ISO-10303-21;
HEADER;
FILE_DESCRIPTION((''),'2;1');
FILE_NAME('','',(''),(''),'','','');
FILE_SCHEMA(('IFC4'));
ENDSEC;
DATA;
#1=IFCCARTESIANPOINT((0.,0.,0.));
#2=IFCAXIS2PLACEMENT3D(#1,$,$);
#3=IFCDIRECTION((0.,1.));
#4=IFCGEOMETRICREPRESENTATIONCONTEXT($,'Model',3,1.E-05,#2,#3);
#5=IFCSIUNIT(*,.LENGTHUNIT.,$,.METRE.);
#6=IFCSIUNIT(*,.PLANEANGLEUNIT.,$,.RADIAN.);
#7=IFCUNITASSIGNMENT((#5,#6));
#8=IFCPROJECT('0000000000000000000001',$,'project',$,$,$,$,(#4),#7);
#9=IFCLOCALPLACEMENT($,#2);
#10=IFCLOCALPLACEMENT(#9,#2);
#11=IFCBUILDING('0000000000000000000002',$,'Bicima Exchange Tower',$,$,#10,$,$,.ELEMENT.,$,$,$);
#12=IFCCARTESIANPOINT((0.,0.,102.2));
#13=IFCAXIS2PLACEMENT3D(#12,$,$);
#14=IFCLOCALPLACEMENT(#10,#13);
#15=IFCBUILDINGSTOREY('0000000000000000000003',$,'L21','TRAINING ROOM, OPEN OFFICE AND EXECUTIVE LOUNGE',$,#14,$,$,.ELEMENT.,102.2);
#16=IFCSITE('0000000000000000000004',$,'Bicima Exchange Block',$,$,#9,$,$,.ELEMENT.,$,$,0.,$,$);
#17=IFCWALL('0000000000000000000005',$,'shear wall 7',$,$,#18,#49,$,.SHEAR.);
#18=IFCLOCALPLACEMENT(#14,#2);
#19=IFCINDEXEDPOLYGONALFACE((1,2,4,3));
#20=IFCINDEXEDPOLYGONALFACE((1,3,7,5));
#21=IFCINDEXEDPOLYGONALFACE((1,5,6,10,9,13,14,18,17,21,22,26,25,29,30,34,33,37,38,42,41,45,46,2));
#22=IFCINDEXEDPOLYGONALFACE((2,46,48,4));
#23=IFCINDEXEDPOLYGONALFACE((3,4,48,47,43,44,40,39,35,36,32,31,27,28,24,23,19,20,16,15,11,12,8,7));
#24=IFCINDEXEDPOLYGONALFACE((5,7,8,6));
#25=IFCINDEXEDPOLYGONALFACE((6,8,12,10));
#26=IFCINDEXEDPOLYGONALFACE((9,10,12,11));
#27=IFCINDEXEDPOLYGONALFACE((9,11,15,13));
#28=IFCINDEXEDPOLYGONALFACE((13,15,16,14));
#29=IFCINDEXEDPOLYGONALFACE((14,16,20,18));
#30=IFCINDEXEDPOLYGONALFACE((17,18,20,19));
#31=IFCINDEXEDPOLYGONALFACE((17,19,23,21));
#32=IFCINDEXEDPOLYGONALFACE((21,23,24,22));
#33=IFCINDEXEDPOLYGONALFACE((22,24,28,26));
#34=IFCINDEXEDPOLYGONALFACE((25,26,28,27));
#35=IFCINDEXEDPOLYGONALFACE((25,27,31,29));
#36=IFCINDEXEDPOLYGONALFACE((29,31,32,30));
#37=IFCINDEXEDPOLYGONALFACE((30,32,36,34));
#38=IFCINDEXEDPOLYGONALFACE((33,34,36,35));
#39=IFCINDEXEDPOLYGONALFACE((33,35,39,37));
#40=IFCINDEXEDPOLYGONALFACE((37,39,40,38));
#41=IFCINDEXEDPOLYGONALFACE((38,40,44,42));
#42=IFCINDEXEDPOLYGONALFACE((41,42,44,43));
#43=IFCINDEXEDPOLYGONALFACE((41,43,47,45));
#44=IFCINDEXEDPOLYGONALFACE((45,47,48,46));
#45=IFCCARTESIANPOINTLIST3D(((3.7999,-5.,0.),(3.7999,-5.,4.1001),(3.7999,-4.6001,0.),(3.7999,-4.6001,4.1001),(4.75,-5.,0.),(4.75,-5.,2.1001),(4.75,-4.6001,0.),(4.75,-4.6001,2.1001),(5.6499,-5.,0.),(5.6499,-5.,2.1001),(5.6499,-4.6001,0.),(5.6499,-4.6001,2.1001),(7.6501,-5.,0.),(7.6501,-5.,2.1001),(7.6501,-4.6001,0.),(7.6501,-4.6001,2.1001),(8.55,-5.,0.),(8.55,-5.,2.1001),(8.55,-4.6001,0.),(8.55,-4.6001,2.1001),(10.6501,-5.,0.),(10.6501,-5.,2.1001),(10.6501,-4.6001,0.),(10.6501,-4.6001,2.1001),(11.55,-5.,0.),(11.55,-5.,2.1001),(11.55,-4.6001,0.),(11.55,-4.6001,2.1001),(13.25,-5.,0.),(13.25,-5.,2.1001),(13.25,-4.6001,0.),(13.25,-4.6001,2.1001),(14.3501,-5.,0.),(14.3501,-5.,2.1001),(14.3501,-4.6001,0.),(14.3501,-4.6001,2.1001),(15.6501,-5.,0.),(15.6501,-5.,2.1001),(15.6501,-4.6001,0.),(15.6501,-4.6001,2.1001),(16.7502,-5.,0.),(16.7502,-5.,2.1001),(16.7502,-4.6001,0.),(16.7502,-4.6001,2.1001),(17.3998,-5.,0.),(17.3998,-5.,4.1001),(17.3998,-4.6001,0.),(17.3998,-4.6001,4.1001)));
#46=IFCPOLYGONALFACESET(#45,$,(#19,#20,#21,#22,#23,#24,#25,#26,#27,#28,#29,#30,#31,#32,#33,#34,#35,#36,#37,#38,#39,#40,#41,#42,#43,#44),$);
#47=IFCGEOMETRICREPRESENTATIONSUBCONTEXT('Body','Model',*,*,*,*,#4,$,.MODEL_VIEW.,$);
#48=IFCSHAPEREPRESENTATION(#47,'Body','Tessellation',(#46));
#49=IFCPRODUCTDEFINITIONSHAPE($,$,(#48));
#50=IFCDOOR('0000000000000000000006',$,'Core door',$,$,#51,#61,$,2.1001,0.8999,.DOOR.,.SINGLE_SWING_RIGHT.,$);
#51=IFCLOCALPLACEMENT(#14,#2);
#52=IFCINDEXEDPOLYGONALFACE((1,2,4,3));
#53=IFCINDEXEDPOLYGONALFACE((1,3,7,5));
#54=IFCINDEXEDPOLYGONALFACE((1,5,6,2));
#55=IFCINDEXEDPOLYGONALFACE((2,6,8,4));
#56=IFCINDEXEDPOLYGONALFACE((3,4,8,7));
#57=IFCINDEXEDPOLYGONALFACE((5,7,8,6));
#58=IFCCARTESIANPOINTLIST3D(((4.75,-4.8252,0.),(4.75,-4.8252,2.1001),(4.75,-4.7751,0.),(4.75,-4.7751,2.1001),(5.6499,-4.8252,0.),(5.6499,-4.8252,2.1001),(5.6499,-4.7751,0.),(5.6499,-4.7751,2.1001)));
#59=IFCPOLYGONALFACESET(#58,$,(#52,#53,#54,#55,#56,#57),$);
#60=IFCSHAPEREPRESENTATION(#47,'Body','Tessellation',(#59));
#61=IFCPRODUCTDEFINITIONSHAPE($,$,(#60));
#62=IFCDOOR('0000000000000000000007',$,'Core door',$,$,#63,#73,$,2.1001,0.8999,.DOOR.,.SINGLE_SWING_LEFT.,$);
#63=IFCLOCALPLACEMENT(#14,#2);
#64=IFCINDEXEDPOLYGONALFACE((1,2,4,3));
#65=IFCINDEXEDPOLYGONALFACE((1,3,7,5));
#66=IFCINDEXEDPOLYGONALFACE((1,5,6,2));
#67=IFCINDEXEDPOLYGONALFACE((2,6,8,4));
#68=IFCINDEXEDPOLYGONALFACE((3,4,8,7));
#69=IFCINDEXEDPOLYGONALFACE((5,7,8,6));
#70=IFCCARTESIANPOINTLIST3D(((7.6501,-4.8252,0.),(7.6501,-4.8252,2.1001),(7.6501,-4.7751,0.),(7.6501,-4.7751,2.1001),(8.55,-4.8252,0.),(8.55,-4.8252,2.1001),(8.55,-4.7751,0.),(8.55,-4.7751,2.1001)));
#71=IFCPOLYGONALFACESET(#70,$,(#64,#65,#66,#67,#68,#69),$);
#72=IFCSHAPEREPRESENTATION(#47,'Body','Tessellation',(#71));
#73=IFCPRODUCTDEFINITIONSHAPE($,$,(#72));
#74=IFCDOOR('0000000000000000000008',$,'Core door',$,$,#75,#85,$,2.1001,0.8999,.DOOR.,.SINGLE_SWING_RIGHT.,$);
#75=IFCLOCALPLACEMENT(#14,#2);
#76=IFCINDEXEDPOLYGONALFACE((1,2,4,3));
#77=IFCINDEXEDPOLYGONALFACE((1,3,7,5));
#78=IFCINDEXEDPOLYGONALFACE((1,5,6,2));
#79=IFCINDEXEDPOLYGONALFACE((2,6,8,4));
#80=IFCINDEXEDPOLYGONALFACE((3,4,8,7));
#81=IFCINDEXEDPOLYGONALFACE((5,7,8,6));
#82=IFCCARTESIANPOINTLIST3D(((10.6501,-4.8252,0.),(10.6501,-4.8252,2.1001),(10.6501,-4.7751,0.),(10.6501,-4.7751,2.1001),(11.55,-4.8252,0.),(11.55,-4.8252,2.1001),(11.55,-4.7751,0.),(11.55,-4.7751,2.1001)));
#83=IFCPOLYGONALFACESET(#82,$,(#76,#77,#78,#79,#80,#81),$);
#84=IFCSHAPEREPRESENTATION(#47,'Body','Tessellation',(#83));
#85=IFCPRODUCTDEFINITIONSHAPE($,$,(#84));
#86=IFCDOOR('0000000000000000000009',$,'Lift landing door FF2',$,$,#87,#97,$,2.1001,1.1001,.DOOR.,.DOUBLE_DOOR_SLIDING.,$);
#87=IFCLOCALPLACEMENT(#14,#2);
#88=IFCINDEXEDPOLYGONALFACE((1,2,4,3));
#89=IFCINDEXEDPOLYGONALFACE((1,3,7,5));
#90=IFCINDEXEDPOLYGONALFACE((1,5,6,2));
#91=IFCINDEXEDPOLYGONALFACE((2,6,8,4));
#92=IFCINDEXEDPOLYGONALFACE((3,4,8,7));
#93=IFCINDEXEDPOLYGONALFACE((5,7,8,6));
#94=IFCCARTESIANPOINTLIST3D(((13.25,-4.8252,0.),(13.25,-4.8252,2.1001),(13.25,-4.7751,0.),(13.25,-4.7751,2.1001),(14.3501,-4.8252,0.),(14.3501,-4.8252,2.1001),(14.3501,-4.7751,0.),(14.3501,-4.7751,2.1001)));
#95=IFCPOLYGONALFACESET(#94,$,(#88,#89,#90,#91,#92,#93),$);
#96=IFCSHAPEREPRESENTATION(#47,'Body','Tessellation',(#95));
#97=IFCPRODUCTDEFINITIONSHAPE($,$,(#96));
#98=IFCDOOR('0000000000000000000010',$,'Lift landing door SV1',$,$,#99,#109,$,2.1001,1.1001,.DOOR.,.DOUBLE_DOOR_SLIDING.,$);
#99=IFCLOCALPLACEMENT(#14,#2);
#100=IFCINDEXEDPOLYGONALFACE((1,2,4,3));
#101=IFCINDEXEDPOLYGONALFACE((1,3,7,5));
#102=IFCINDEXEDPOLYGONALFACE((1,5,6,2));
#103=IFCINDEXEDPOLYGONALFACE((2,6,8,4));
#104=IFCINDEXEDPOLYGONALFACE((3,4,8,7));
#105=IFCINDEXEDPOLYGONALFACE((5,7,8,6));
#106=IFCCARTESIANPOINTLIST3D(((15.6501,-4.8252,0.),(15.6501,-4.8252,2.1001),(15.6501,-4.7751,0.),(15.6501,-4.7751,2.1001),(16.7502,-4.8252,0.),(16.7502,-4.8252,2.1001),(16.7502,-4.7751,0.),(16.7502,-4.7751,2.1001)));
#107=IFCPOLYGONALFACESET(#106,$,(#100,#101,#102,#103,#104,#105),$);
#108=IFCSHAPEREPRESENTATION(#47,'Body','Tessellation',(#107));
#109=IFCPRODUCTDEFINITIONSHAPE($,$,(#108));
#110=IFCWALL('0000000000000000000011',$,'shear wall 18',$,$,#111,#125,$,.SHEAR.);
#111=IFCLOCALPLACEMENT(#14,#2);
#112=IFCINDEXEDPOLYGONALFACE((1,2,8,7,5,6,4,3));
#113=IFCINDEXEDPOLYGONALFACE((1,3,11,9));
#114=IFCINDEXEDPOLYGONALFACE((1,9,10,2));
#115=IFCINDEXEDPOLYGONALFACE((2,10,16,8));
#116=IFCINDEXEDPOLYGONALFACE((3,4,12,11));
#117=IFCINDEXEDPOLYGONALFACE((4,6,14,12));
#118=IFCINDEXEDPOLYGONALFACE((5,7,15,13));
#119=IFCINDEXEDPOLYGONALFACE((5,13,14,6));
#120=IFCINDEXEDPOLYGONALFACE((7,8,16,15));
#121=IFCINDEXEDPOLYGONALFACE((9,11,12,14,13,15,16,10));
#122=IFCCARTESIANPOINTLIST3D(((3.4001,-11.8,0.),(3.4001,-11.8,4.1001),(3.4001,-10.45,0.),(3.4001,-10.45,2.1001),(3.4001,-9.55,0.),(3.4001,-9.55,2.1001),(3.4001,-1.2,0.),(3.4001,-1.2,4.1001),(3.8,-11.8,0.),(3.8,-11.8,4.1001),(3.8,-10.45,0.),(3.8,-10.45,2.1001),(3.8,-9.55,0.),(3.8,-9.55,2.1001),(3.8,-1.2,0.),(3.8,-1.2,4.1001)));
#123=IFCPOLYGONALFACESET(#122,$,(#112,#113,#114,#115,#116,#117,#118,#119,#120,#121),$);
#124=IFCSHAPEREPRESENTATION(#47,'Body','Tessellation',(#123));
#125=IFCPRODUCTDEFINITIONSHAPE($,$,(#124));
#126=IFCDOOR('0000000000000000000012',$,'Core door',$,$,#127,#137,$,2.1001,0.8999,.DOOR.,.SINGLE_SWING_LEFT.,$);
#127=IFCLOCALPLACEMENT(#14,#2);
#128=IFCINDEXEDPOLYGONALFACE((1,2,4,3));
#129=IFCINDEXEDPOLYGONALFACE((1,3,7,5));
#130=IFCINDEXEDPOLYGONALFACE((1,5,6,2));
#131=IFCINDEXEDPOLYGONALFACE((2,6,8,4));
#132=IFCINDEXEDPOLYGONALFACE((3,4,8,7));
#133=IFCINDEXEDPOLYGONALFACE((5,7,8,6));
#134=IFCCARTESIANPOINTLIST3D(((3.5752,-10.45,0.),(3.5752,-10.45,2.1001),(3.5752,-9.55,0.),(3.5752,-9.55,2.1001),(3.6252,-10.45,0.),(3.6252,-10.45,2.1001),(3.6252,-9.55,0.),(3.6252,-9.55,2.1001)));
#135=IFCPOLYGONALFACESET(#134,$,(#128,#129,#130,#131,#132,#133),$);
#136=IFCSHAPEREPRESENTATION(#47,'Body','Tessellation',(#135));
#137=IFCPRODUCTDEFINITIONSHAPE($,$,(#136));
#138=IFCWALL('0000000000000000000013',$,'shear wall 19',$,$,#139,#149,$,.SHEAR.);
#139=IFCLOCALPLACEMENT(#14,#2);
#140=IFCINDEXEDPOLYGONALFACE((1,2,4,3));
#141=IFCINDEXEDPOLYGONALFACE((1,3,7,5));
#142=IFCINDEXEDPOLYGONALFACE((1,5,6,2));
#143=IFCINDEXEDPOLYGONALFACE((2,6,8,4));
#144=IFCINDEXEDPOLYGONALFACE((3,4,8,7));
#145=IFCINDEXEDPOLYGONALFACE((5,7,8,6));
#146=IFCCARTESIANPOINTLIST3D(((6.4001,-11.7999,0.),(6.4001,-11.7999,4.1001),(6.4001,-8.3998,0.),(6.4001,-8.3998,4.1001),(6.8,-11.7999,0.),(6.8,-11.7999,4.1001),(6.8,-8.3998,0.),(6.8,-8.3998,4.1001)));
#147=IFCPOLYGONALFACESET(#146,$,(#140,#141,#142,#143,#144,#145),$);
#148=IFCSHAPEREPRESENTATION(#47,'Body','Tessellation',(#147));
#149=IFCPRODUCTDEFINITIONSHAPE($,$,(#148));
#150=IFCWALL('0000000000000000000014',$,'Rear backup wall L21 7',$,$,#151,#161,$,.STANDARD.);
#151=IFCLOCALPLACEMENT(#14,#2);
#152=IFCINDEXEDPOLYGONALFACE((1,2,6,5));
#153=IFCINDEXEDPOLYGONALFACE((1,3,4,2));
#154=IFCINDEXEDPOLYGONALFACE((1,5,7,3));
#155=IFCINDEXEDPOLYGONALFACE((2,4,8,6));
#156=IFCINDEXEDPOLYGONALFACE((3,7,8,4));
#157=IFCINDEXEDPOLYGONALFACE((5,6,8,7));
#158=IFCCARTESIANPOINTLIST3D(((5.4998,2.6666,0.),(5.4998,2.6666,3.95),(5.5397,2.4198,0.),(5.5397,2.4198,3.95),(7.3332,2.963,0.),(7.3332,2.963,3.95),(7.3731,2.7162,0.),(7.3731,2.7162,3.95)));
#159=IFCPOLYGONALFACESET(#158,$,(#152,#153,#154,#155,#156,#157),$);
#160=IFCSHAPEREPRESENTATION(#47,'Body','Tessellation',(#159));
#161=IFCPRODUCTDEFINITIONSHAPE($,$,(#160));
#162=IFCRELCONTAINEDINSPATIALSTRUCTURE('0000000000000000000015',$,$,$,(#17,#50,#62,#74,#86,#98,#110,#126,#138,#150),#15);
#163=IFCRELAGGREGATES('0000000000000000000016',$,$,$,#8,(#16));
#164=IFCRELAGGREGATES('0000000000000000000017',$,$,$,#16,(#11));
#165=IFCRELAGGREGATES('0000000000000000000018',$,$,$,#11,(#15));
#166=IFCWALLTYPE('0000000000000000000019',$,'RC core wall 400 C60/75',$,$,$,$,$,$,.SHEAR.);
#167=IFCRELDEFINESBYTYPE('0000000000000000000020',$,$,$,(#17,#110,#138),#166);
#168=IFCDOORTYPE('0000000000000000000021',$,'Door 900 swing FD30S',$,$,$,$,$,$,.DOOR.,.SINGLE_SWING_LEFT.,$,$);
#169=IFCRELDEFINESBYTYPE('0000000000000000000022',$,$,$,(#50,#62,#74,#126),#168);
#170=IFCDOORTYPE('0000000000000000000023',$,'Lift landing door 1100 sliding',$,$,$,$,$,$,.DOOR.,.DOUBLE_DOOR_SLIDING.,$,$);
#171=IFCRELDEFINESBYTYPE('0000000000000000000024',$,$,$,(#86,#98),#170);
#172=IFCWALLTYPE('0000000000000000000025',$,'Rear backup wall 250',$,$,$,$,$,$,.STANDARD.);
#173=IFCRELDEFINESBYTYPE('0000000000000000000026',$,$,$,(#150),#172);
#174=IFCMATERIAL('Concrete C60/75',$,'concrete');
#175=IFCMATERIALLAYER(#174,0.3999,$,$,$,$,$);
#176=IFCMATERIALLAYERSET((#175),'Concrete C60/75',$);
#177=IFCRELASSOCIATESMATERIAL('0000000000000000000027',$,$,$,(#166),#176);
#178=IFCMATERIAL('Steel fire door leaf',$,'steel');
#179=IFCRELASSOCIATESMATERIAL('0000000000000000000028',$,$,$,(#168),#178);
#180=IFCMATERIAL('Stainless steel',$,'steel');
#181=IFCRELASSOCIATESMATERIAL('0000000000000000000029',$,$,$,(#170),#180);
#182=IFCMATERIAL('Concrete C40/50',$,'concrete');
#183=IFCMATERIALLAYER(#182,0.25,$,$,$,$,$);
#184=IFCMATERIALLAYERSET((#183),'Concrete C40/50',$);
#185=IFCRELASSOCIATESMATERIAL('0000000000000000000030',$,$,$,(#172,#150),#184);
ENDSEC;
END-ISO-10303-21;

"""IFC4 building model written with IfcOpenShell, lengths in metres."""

from ifc_helpers import new_model, si_unit, direction, frame, frame_2d, origin, place, context, subcontext, project, spatial, rectangle, extrude, material, layer, layer_set, layer_usage, type_object, element, fill, save


model = new_model("IFC4")

# Units and contexts
model_context = context("Model", 3, precision=1e-05, world=origin(), true_north=direction((0.0, 1.0)))
body_context = subcontext(model_context, "Body", "Model", "MODEL_VIEW")
ifc_project = project(units=[si_unit("LENGTHUNIT", "METRE"), si_unit("PLANEANGLEUNIT", "RADIAN")], contexts=[model_context])

# Site, building, storey
site_placement = place(None, origin())
site = spatial("IfcSite", under=ifc_project, at=site_placement, Name="Bicima Exchange Block", CompositionType="ELEMENT", RefElevation=0.0)
building_placement = place(site_placement, origin())
building = spatial("IfcBuilding", under=site, at=building_placement, Name="Bicima Exchange Tower", CompositionType="ELEMENT")
storey_placement = place(building_placement, frame((0.0, 0.0, 102.2)))
storey = spatial("IfcBuildingStorey", under=building, at=storey_placement, Name="L21", Description="TRAINING ROOM, OPEN OFFICE AND EXECUTIVE LOUNGE", CompositionType="ELEMENT", Elevation=102.2)

# Shared definitions
ifc_material_1 = material(Name="Concrete C60/75", Category="concrete")
ifc_layer_1 = layer(ifc_material_1, 0.3999)
ifc_layer_set_1 = layer_set([ifc_layer_1], Name="Concrete C60/75")
wall_type_1 = type_object("IfcWallType", Name="RC core wall 400 C60/75", PredefinedType="SHEAR", material=ifc_layer_set_1)
ifc_material_2 = material(Name="Steel fire door leaf", Category="steel")
door_type_1 = type_object("IfcDoorType", Name="Door 900 swing FD30S", OperationType="SINGLE_SWING_LEFT", PredefinedType="DOOR", material=ifc_material_2)

# Wall, openings, doors
wall_1_placement = place(storey_placement, frame((3.8, -4.8, 0.0), z_axis=(0.0, 0.0, 1.0), x_axis=(1.0, 0.0, 0.0)))
wall_1 = element("IfcWall", 1, at=wall_1_placement, inside=storey, type_object=wall_type_1, Name="shear wall 7", PredefinedType="SHEAR", context=body_context, shape_type="SweptSolid", body=[
    extrude(rectangle(XDim=13.5999, YDim=0.3999, at=frame_2d((6.7998, 0.0))), origin(), (0.0, 0.0, 1.0), 4.1001),
])
opening_1_placement = place(wall_1_placement, frame((9.45, 0.0, 0.0)))
opening_1 = element("IfcOpeningElement", 2, at=opening_1_placement, cuts=wall_1, PredefinedType="OPENING", context=body_context, shape_type="SweptSolid", body=[
    extrude(rectangle(XDim=1.1001, YDim=2.1001, at=frame_2d((0.55, 1.05))), frame((0.0, 0.2119, 0.0), z_axis=(0.0, -1.0, 0.0), x_axis=(1.0, 0.0, 0.0)), (0.0, 0.0, 1.0), 0.4238),
])
opening_2_placement = place(wall_1_placement, frame((11.8501, 0.0, 0.0)))
opening_2 = element("IfcOpeningElement", 3, at=opening_2_placement, cuts=wall_1, PredefinedType="OPENING", context=body_context, shape_type="SweptSolid", body=[
    extrude(rectangle(XDim=1.1001, YDim=2.1001, at=frame_2d((0.55, 1.05))), frame((0.0, 0.2119, 0.0), z_axis=(0.0, -1.0, 0.0), x_axis=(1.0, 0.0, 0.0)), (0.0, 0.0, 1.0), 0.4238),
])
opening_3_placement = place(wall_1_placement, frame((0.95, 0.0, 0.0)))
opening_3 = element("IfcOpeningElement", 4, at=opening_3_placement, cuts=wall_1, PredefinedType="OPENING", context=body_context, shape_type="SweptSolid", body=[
    extrude(rectangle(XDim=0.8999, YDim=2.1001, at=frame_2d((0.45, 1.05))), frame((0.0, 0.2119, 0.0), z_axis=(0.0, -1.0, 0.0), x_axis=(1.0, 0.0, 0.0)), (0.0, 0.0, 1.0), 0.4238),
])
opening_4_placement = place(wall_1_placement, frame((3.8501, 0.0, 0.0)))
opening_4 = element("IfcOpeningElement", 5, at=opening_4_placement, cuts=wall_1, PredefinedType="OPENING", context=body_context, shape_type="SweptSolid", body=[
    extrude(rectangle(XDim=0.8999, YDim=2.1001, at=frame_2d((0.45, 1.05))), frame((0.0, 0.2119, 0.0), z_axis=(0.0, -1.0, 0.0), x_axis=(1.0, 0.0, 0.0)), (0.0, 0.0, 1.0), 0.4238),
])
opening_5_placement = place(wall_1_placement, frame((6.8501, 0.0, 0.0)))
opening_5 = element("IfcOpeningElement", 6, at=opening_5_placement, cuts=wall_1, PredefinedType="OPENING", context=body_context, shape_type="SweptSolid", body=[
    extrude(rectangle(XDim=0.8999, YDim=2.1001, at=frame_2d((0.45, 1.05))), frame((0.0, 0.2119, 0.0), z_axis=(0.0, -1.0, 0.0), x_axis=(1.0, 0.0, 0.0)), (0.0, 0.0, 1.0), 0.4238),
])
door_1_placement = place(opening_3_placement, origin())
door_1 = element("IfcDoor", 7, at=door_1_placement, inside=storey, type_object=door_type_1, Name="Core door", OperationType="SINGLE_SWING_RIGHT", OverallHeight=2.1001, OverallWidth=0.8999, PredefinedType="DOOR", context=body_context, shape_type="SweptSolid", body=[
    extrude(rectangle(XDim=0.8999, YDim=2.1001, at=frame_2d((0.45, 1.05))), frame((0.0, 0.0249, 0.0), z_axis=(0.0, -1.0, 0.0), x_axis=(1.0, 0.0, 0.0)), (0.0, 0.0, 1.0), 0.05),
])
fill(opening_3, door_1)
door_2_placement = place(opening_4_placement, origin())
door_2 = element("IfcDoor", 8, at=door_2_placement, inside=storey, type_object=door_type_1, Name="Core door", OperationType="SINGLE_SWING_LEFT", OverallHeight=2.1001, OverallWidth=0.8999, PredefinedType="DOOR", context=body_context, shape_type="SweptSolid", body=[
    extrude(rectangle(XDim=0.8999, YDim=2.1001, at=frame_2d((0.45, 1.05))), frame((0.0, 0.0249, 0.0), z_axis=(0.0, -1.0, 0.0), x_axis=(1.0, 0.0, 0.0)), (0.0, 0.0, 1.0), 0.05),
])
fill(opening_4, door_2)
door_3_placement = place(opening_5_placement, origin())
door_3 = element("IfcDoor", 9, at=door_3_placement, inside=storey, type_object=door_type_1, Name="Core door", OperationType="SINGLE_SWING_RIGHT", OverallHeight=2.1001, OverallWidth=0.8999, PredefinedType="DOOR", context=body_context, shape_type="SweptSolid", body=[
    extrude(rectangle(XDim=0.8999, YDim=2.1001, at=frame_2d((0.45, 1.05))), frame((0.0, 0.0249, 0.0), z_axis=(0.0, -1.0, 0.0), x_axis=(1.0, 0.0, 0.0)), (0.0, 0.0, 1.0), 0.05),
])
fill(opening_5, door_3)
ifc_material_3 = material(Name="Stainless steel", Category="steel")
door_type_2 = type_object("IfcDoorType", Name="Lift landing door 1100 sliding", OperationType="DOUBLE_DOOR_SLIDING", PredefinedType="DOOR", material=ifc_material_3)
door_4_placement = place(opening_1_placement, origin())
door_4 = element("IfcDoor", 10, at=door_4_placement, inside=storey, type_object=door_type_2, Name="Lift landing door FF2", OperationType="DOUBLE_DOOR_SLIDING", OverallHeight=2.1001, OverallWidth=1.1001, PredefinedType="DOOR", context=body_context, shape_type="SweptSolid", body=[
    extrude(rectangle(XDim=1.1001, YDim=2.1001, at=frame_2d((0.55, 1.05))), frame((0.0, 0.0249, 0.0), z_axis=(0.0, -1.0, 0.0), x_axis=(1.0, 0.0, 0.0)), (0.0, 0.0, 1.0), 0.05),
])
fill(opening_1, door_4)
door_5_placement = place(opening_2_placement, origin())
door_5 = element("IfcDoor", 11, at=door_5_placement, inside=storey, type_object=door_type_2, Name="Lift landing door SV1", OperationType="DOUBLE_DOOR_SLIDING", OverallHeight=2.1001, OverallWidth=1.1001, PredefinedType="DOOR", context=body_context, shape_type="SweptSolid", body=[
    extrude(rectangle(XDim=1.1001, YDim=2.1001, at=frame_2d((0.55, 1.05))), frame((0.0, 0.0249, 0.0), z_axis=(0.0, -1.0, 0.0), x_axis=(1.0, 0.0, 0.0)), (0.0, 0.0, 1.0), 0.05),
])
fill(opening_2, door_5)

# Wall, opening, door
wall_2_placement = place(storey_placement, frame((3.6001, -11.8, 0.0), z_axis=(0.0, 0.0, 1.0), x_axis=(0.0, 1.0, 0.0)))
wall_2 = element("IfcWall", 12, at=wall_2_placement, inside=storey, type_object=wall_type_1, Name="shear wall 18", PredefinedType="SHEAR", context=body_context, shape_type="SweptSolid", body=[
    extrude(rectangle(XDim=10.6001, YDim=0.3999, at=frame_2d((5.3, 0.0))), origin(), (0.0, 0.0, 1.0), 4.1001),
])
opening_6_placement = place(wall_2_placement, frame((1.3501, 0.0, 0.0)))
opening_6 = element("IfcOpeningElement", 13, at=opening_6_placement, cuts=wall_2, PredefinedType="OPENING", context=body_context, shape_type="SweptSolid", body=[
    extrude(rectangle(XDim=0.8999, YDim=2.1001, at=frame_2d((0.45, 1.05))), frame((0.0, 0.2119, 0.0), z_axis=(0.0, -1.0, 0.0), x_axis=(1.0, 0.0, 0.0)), (0.0, 0.0, 1.0), 0.4238),
])
door_6_placement = place(opening_6_placement, origin())
door_6 = element("IfcDoor", 14, at=door_6_placement, inside=storey, type_object=door_type_1, Name="Core door", OperationType="SINGLE_SWING_LEFT", OverallHeight=2.1001, OverallWidth=0.8999, PredefinedType="DOOR", context=body_context, shape_type="SweptSolid", body=[
    extrude(rectangle(XDim=0.8999, YDim=2.1001, at=frame_2d((0.45, 1.05))), frame((0.0, 0.0249, 0.0), z_axis=(0.0, -1.0, 0.0), x_axis=(1.0, 0.0, 0.0)), (0.0, 0.0, 1.0), 0.05),
])
fill(opening_6, door_6)

# Walls
wall_3_placement = place(storey_placement, frame((6.6001, -11.8, 0.0), z_axis=(0.0, 0.0, 1.0), x_axis=(0.0, 1.0, 0.0)))
element("IfcWall", 15, at=wall_3_placement, inside=storey, type_object=wall_type_1, Name="shear wall 19", PredefinedType="SHEAR", context=body_context, shape_type="SweptSolid", body=[
    extrude(rectangle(XDim=3.4001, YDim=0.3999, at=frame_2d((1.7002, 0.0))), origin(), (0.0, 0.0, 1.0), 4.1001),
])
ifc_material_4 = material(Name="Concrete C40/50", Category="concrete")
ifc_layer_2 = layer(ifc_material_4, 0.25)
ifc_layer_set_2 = layer_set([ifc_layer_2], Name="Concrete C40/50")
ifc_layer_usage = layer_usage(ifc_layer_set_2, "AXIS2", "POSITIVE", -0.125)
wall_type_2 = type_object("IfcWallType", Name="Rear backup wall 250", PredefinedType="STANDARD", material=ifc_layer_set_2)
wall_4_placement = place(storey_placement, frame((7.3533, 2.8396, 0.0), z_axis=(0.0, 0.0, 1.0), x_axis=(-0.987182, -0.1596, 0.0)))
element("IfcWall", 16, at=wall_4_placement, inside=storey, type_object=wall_type_2, material=ifc_layer_usage, Name="Rear backup wall L21 7", PredefinedType="STANDARD", context=body_context, shape_type="SweptSolid", body=[
    extrude(rectangle(XDim=1.8572, YDim=0.25, at=frame_2d((0.9287, 0.0))), origin(), (0.0, 0.0, 1.0), 3.95),
])

save(model, "model.ifc")
